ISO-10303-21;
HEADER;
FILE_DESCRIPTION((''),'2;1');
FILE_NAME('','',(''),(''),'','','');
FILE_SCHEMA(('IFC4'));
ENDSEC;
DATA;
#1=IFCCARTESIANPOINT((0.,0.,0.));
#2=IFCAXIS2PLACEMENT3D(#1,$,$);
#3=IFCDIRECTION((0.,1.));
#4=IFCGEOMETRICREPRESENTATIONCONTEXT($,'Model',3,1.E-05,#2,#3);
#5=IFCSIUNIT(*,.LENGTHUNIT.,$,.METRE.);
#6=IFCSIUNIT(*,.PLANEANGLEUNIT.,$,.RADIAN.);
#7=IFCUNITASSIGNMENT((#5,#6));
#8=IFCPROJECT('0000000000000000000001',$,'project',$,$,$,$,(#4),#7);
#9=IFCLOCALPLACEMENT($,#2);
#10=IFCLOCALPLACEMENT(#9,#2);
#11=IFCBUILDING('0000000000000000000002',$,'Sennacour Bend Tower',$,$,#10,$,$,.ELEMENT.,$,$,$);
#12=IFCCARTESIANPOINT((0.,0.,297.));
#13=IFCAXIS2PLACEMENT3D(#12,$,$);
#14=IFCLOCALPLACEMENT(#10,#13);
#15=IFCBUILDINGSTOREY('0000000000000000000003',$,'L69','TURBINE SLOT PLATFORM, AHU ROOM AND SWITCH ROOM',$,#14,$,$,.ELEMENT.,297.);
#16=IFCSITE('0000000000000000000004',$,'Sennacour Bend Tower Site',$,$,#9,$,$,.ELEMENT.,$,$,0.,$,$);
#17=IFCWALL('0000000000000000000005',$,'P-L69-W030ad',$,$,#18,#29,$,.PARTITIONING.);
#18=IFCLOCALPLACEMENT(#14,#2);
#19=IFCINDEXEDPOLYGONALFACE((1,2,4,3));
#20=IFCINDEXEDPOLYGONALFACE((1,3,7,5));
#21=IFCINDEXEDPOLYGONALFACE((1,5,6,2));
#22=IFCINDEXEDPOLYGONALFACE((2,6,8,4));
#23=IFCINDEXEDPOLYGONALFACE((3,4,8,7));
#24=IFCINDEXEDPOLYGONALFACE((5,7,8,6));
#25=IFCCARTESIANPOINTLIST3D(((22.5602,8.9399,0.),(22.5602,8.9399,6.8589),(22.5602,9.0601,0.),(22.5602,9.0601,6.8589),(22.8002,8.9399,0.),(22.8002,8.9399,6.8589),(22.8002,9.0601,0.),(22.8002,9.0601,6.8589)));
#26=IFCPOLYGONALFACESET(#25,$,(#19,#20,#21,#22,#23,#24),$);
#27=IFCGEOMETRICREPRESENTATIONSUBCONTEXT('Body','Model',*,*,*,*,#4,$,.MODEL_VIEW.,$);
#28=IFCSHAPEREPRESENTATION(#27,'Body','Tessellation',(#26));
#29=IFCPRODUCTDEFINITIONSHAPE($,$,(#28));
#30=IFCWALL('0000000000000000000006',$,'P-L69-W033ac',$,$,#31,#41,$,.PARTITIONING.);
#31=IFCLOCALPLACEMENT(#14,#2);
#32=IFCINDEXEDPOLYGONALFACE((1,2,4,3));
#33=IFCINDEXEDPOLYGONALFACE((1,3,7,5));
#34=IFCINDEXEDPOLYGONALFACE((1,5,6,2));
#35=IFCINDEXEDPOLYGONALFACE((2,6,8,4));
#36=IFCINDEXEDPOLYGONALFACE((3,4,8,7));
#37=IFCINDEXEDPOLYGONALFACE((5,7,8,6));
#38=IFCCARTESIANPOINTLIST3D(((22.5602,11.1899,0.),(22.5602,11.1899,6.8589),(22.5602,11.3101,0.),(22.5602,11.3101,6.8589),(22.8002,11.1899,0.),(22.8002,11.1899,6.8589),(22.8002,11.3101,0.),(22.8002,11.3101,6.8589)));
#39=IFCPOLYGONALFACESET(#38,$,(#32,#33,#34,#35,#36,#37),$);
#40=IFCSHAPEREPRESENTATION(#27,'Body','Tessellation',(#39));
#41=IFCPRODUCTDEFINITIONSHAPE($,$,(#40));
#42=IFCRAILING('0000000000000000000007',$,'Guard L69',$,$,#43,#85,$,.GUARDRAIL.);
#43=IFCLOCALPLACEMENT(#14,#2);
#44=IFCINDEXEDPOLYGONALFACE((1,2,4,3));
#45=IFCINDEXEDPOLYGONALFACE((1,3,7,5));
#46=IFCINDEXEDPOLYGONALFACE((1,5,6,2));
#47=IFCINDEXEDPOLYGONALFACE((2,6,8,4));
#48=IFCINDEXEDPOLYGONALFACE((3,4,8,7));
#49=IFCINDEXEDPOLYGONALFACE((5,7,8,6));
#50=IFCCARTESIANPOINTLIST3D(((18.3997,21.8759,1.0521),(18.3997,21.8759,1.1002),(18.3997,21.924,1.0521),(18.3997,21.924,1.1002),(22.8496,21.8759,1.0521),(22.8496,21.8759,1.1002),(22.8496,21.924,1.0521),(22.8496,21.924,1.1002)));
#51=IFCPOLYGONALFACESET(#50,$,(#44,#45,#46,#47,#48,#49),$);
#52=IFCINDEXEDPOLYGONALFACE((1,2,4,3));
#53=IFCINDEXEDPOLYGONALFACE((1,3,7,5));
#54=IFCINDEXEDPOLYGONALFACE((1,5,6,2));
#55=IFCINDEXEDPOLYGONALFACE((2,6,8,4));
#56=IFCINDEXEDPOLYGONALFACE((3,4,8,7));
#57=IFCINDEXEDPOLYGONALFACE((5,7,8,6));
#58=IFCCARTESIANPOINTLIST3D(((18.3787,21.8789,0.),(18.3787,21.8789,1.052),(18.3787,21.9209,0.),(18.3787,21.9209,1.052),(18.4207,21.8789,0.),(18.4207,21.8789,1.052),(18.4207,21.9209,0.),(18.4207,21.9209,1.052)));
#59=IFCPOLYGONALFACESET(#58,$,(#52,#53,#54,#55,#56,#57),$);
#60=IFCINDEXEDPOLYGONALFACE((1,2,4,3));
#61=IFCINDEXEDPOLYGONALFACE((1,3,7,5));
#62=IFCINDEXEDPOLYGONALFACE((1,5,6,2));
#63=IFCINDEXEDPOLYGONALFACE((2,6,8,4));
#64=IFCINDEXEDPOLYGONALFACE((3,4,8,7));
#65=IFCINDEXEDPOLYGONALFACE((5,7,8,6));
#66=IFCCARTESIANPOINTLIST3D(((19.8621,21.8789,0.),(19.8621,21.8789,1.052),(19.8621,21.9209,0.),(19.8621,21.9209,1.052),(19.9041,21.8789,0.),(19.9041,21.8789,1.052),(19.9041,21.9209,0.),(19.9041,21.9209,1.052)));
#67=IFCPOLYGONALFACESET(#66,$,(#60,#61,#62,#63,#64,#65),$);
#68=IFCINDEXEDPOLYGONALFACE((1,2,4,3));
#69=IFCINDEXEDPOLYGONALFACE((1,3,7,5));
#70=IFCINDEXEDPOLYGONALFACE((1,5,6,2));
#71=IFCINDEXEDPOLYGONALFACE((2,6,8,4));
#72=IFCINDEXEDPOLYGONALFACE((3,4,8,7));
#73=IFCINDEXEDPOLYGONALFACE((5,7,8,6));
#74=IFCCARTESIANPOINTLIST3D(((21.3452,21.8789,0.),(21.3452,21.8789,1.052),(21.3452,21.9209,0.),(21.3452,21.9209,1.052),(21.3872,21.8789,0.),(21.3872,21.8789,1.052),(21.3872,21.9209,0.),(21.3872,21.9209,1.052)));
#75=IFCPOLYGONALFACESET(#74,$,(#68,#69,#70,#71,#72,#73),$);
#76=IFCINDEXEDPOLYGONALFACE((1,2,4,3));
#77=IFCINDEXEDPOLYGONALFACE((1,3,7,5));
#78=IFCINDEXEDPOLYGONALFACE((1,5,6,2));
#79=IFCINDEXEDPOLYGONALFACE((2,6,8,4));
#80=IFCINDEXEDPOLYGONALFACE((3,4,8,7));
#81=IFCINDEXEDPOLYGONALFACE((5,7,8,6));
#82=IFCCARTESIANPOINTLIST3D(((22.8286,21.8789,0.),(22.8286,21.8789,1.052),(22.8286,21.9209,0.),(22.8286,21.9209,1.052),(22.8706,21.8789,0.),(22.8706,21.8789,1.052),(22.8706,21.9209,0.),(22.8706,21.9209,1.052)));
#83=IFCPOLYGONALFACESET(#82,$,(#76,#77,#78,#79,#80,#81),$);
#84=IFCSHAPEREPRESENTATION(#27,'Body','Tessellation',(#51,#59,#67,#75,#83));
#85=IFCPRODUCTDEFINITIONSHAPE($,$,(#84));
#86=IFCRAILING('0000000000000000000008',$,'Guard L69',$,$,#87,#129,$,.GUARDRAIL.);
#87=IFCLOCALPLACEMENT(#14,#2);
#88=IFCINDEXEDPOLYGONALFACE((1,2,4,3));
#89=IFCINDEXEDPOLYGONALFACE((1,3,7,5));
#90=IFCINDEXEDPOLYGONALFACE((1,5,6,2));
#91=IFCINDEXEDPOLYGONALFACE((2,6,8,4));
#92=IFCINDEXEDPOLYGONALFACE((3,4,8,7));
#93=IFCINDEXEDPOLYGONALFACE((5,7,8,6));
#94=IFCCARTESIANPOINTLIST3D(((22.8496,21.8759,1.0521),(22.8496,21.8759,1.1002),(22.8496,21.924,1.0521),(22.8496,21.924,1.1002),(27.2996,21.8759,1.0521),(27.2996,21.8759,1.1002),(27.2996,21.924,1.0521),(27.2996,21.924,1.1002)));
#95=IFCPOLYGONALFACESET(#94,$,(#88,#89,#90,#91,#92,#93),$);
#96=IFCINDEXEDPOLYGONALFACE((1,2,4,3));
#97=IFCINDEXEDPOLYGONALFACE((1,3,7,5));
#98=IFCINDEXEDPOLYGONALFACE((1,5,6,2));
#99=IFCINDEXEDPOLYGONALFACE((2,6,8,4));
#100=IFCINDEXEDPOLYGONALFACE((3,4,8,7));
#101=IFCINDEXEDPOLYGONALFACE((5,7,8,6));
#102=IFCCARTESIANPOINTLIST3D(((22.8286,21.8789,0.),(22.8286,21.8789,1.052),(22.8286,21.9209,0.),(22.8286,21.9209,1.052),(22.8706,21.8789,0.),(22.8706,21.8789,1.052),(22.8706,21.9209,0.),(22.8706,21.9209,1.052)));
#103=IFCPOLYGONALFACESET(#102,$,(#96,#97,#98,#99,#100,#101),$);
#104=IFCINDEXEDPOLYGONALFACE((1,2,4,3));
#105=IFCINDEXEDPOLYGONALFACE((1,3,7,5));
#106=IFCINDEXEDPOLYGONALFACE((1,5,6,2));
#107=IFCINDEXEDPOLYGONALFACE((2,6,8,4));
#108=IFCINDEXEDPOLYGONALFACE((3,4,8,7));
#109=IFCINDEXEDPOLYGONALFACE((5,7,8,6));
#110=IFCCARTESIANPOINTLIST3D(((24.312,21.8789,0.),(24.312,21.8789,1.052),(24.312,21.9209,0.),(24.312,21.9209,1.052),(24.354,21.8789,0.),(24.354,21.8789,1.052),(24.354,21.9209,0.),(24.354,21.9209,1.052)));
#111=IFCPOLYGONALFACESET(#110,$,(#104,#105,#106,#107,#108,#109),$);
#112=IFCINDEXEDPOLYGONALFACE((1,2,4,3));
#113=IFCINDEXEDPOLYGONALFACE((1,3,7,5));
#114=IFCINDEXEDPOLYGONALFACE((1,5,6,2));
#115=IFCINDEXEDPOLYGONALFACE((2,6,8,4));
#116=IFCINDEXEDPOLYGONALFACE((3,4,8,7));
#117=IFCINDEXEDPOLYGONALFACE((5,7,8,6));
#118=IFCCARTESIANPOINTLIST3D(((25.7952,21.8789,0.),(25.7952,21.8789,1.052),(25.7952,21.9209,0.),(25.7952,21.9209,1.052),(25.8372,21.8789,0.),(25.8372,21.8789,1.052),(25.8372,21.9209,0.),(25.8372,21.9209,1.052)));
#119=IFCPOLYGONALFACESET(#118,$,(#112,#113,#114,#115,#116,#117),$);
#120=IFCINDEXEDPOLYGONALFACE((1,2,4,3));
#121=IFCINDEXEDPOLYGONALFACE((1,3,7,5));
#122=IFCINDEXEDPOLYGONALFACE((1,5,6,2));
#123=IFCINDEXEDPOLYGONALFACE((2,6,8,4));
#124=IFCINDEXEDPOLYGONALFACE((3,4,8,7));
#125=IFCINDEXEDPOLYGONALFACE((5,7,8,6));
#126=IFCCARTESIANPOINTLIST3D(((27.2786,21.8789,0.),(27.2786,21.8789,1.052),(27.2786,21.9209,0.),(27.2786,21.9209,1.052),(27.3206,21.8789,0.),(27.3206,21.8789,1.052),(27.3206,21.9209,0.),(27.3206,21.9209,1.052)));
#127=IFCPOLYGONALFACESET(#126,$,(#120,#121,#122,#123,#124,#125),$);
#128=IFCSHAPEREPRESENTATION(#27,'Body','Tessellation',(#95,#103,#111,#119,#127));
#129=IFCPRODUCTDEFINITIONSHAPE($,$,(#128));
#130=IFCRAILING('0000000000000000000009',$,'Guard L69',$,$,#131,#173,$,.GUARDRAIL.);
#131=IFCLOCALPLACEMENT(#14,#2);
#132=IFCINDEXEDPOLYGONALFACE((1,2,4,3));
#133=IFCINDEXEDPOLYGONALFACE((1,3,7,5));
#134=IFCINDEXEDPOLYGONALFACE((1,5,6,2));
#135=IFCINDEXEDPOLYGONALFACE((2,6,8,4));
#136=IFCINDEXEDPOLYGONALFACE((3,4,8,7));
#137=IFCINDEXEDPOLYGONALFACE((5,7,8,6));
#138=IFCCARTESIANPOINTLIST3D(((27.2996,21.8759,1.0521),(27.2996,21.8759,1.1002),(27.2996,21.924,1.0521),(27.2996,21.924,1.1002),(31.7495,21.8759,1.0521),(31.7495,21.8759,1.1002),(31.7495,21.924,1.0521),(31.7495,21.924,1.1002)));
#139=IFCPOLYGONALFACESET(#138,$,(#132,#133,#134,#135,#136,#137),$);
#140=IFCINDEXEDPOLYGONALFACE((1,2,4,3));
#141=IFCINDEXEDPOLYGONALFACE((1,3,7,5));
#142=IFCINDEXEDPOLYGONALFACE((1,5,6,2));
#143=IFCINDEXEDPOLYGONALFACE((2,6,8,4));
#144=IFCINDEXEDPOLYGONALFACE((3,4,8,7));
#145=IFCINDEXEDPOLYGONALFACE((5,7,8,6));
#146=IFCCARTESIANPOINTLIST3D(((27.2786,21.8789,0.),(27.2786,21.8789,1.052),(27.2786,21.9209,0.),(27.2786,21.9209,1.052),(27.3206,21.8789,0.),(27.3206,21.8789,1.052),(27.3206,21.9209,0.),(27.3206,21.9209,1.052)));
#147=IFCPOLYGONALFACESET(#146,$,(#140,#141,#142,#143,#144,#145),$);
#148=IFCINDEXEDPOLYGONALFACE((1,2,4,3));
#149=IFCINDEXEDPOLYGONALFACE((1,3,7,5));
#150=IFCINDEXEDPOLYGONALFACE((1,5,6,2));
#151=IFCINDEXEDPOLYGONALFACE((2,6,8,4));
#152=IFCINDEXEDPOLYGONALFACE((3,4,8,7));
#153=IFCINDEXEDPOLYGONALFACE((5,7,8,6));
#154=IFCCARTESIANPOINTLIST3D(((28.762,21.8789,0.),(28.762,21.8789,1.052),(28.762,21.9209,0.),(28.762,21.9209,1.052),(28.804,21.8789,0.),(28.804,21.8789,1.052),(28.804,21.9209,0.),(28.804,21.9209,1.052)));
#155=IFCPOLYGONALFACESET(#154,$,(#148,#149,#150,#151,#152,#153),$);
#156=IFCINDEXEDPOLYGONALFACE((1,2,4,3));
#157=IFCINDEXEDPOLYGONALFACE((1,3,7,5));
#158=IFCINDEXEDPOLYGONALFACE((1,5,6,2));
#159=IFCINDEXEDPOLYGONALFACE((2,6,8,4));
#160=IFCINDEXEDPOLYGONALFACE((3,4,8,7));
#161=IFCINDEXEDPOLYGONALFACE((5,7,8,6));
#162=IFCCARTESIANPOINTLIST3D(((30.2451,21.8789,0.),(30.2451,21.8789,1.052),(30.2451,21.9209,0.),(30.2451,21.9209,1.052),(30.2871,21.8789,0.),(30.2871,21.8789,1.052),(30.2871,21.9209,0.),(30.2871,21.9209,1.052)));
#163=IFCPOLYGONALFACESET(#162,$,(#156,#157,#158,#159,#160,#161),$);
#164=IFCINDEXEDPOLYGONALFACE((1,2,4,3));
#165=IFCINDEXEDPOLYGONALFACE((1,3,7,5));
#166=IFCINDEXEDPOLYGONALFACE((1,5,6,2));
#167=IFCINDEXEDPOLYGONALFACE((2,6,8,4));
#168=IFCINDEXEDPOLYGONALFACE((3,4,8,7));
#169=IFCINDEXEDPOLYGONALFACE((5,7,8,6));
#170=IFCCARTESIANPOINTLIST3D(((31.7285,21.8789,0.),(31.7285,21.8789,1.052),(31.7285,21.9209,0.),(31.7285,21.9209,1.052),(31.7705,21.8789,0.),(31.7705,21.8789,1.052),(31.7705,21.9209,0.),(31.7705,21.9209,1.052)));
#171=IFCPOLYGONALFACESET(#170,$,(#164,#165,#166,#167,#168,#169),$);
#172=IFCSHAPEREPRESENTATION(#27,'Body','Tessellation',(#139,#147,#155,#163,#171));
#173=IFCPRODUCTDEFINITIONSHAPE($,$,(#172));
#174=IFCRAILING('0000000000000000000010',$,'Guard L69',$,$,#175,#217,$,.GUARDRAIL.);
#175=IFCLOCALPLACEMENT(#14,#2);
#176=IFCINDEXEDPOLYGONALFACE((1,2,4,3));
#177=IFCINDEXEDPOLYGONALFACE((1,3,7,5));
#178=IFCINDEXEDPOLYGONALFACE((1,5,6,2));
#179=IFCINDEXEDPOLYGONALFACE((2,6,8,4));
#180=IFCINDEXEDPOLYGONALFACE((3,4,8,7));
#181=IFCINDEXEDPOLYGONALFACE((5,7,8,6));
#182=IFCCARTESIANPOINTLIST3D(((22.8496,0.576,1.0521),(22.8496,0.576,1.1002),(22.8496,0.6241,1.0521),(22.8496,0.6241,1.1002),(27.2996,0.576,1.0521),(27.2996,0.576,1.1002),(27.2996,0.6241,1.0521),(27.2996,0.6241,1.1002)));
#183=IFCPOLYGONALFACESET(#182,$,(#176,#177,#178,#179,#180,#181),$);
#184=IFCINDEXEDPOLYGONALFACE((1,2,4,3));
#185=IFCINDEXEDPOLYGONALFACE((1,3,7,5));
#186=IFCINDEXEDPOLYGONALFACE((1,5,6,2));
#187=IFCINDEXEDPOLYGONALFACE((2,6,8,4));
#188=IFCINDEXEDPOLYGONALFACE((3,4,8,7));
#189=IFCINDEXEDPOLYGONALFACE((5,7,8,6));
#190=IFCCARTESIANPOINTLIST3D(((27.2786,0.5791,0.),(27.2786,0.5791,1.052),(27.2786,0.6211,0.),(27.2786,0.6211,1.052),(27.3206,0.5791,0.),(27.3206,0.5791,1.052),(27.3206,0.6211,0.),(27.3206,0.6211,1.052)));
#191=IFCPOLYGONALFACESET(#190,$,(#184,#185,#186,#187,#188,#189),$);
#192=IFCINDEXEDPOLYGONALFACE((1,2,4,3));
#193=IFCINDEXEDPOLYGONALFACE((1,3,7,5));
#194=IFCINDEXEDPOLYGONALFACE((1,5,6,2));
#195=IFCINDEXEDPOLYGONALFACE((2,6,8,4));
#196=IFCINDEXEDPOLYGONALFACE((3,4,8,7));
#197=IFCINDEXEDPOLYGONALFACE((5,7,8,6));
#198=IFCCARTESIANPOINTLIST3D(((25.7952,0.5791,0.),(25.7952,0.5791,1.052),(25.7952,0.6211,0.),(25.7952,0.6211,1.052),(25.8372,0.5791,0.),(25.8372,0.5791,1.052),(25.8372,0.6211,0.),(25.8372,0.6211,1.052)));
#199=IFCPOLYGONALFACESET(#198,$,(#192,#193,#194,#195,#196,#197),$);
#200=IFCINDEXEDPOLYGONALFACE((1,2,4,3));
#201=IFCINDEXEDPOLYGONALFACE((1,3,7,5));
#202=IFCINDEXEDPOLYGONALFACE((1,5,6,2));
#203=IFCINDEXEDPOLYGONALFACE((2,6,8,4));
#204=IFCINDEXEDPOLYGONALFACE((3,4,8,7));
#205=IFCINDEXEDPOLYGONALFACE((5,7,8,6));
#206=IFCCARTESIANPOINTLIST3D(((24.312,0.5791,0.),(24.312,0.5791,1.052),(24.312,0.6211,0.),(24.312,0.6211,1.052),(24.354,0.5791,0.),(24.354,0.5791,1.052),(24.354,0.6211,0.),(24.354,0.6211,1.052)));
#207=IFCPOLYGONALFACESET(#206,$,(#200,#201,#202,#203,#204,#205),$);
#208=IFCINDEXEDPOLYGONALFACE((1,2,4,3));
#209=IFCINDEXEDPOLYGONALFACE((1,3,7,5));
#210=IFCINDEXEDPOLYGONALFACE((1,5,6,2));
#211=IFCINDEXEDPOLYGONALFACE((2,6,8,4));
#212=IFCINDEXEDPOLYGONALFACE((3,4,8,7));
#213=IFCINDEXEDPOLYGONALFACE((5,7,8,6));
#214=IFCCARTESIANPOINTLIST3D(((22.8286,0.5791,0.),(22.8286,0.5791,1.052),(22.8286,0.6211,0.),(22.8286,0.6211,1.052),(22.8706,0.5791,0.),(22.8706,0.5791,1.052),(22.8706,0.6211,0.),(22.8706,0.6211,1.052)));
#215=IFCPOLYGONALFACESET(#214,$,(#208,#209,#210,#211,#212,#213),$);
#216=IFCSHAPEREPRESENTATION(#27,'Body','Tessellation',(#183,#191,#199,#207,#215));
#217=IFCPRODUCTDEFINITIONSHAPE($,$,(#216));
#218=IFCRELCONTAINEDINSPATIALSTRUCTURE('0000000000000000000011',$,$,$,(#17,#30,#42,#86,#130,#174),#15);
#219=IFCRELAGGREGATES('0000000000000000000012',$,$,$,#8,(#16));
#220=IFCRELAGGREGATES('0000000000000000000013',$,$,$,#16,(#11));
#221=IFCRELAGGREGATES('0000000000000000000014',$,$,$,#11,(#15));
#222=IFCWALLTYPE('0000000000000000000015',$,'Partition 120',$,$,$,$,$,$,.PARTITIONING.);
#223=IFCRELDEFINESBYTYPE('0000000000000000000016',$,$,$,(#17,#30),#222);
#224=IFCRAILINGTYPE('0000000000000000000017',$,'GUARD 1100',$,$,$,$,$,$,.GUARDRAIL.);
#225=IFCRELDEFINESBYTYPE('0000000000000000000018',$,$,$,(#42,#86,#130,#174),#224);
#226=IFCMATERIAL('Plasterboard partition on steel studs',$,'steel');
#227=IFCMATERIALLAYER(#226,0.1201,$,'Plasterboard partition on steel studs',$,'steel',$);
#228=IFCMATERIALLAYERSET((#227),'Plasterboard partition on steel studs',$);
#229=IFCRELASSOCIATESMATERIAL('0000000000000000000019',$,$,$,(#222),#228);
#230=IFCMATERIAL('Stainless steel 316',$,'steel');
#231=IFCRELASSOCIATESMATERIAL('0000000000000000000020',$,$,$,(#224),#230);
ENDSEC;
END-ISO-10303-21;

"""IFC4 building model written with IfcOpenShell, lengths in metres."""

from ifc_helpers import new_model, si_unit, direction, frame, frame_2d, origin, origin_2d, place, context, subcontext, project, spatial, rectangle, extrude, material, layer, layer_set, type_object, element, save


model = new_model("IFC4")

# Units and contexts
model_context = context("Model", 3, precision=1e-05, world=origin(), true_north=direction((0.0, 1.0)))
body_context = subcontext(model_context, "Body", "Model", "MODEL_VIEW")
ifc_project = project(units=[si_unit("LENGTHUNIT", "METRE"), si_unit("PLANEANGLEUNIT", "RADIAN")], contexts=[model_context])

# Site, building, storey
site_placement = place(None, origin())
site = spatial("IfcSite", under=ifc_project, at=site_placement, Name="Sennacour Bend Tower Site", CompositionType="ELEMENT", RefElevation=0.0)
building_placement = place(site_placement, origin())
building = spatial("IfcBuilding", under=site, at=building_placement, Name="Sennacour Bend Tower", CompositionType="ELEMENT")
storey_placement = place(building_placement, frame((0.0, 0.0, 297.0)))
storey = spatial("IfcBuildingStorey", under=building, at=storey_placement, Name="L69", Description="TURBINE SLOT PLATFORM, AHU ROOM AND SWITCH ROOM", CompositionType="ELEMENT", Elevation=297.0)

# Walls
ifc_material_1 = material(Name="Plasterboard partition on steel studs", Category="steel")
ifc_layer = layer(ifc_material_1, 0.1201, Name="Plasterboard partition on steel studs", Category="steel")
ifc_layer_set = layer_set([ifc_layer], Name="Plasterboard partition on steel studs")
wall_type = type_object("IfcWallType", Name="Partition 120", PredefinedType="PARTITIONING", material=ifc_layer_set)
for number, where, z_axis, x_axis, name in (
    (1, (22.5601, 9.0, 0.0), (0.0, 0.0, 1.0), (1.0, 0.0, 0.0), "P-L69-W030ad"),
    (2, (22.5601, 11.25, 0.0), (0.0, 0.0, 1.0), (1.0, 0.0, 0.0), "P-L69-W033ac"),
):
    element("IfcWall", number, at=place(storey_placement, frame(where, z_axis=z_axis, x_axis=x_axis)), inside=storey, type_object=wall_type, Name=name, PredefinedType="PARTITIONING", context=body_context, shape_type="SweptSolid", body=[
        extrude(rectangle(XDim=0.24, YDim=0.1201, at=frame_2d((0.1201, 0.0))), origin(), (0.0, 0.0, 1.0), 6.8589),
    ])

# Railings
ifc_material_2 = material(Name="Stainless steel 316", Category="steel")
railing_type = type_object("IfcRailingType", Name="GUARD 1100", PredefinedType="GUARDRAIL", material=ifc_material_2)
for number, where, name in (
    (3, (18.3997, 21.8999, 0.0), "Guard L69"),
    (4, (22.8496, 21.8999, 0.0), "Guard L69"),
    (5, (27.2996, 21.8999, 0.0), "Guard L69"),
):
    element("IfcRailing", number, at=place(storey_placement, frame(where)), inside=storey, type_object=railing_type, Name=name, PredefinedType="GUARDRAIL", context=body_context, shape_type="SweptSolid", body=[
        extrude(rectangle(XDim=0.0481, YDim=0.0481, at=origin_2d()), frame((0.0, 0.0, 1.0762), z_axis=(1.0, 0.0, 0.0), x_axis=(0.0, 1.0, 0.0)), (0.0, 0.0, 1.0), 4.45),
        extrude(rectangle(XDim=0.042, YDim=0.042, at=origin_2d()), origin(), (0.0, 0.0, 1.0), 1.052),
        extrude(rectangle(XDim=0.042, YDim=0.042, at=origin_2d()), frame((1.4834, 0.0, 0.0)), (0.0, 0.0, 1.0), 1.052),
        extrude(rectangle(XDim=0.042, YDim=0.042, at=origin_2d()), frame((2.9666, 0.0, 0.0)), (0.0, 0.0, 1.0), 1.052),
        extrude(rectangle(XDim=0.042, YDim=0.042, at=origin_2d()), frame((4.45, 0.0, 0.0)), (0.0, 0.0, 1.0), 1.052),
    ])
for number, where, name in (
    (6, (27.2996, 0.6001, 0.0), "Guard L69"),
):
    element("IfcRailing", number, at=place(storey_placement, frame(where)), inside=storey, type_object=railing_type, Name=name, PredefinedType="GUARDRAIL", context=body_context, shape_type="SweptSolid", body=[
        extrude(rectangle(XDim=0.0481, YDim=0.0481, at=origin_2d()), frame((0.0, 0.0, 1.0762), z_axis=(-1.0, 0.0, 0.0), x_axis=(0.0, -1.0, 0.0)), (0.0, 0.0, 1.0), 4.45),
        extrude(rectangle(XDim=0.042, YDim=0.042, at=origin_2d()), origin(), (0.0, 0.0, 1.0), 1.052),
        extrude(rectangle(XDim=0.042, YDim=0.042, at=origin_2d()), frame((-1.4834, 0.0, 0.0)), (0.0, 0.0, 1.0), 1.052),
        extrude(rectangle(XDim=0.042, YDim=0.042, at=origin_2d()), frame((-2.9666, 0.0, 0.0)), (0.0, 0.0, 1.0), 1.052),
        extrude(rectangle(XDim=0.042, YDim=0.042, at=origin_2d()), frame((-4.45, 0.0, 0.0)), (0.0, 0.0, 1.0), 1.052),
    ])

save(model, "model.ifc")
